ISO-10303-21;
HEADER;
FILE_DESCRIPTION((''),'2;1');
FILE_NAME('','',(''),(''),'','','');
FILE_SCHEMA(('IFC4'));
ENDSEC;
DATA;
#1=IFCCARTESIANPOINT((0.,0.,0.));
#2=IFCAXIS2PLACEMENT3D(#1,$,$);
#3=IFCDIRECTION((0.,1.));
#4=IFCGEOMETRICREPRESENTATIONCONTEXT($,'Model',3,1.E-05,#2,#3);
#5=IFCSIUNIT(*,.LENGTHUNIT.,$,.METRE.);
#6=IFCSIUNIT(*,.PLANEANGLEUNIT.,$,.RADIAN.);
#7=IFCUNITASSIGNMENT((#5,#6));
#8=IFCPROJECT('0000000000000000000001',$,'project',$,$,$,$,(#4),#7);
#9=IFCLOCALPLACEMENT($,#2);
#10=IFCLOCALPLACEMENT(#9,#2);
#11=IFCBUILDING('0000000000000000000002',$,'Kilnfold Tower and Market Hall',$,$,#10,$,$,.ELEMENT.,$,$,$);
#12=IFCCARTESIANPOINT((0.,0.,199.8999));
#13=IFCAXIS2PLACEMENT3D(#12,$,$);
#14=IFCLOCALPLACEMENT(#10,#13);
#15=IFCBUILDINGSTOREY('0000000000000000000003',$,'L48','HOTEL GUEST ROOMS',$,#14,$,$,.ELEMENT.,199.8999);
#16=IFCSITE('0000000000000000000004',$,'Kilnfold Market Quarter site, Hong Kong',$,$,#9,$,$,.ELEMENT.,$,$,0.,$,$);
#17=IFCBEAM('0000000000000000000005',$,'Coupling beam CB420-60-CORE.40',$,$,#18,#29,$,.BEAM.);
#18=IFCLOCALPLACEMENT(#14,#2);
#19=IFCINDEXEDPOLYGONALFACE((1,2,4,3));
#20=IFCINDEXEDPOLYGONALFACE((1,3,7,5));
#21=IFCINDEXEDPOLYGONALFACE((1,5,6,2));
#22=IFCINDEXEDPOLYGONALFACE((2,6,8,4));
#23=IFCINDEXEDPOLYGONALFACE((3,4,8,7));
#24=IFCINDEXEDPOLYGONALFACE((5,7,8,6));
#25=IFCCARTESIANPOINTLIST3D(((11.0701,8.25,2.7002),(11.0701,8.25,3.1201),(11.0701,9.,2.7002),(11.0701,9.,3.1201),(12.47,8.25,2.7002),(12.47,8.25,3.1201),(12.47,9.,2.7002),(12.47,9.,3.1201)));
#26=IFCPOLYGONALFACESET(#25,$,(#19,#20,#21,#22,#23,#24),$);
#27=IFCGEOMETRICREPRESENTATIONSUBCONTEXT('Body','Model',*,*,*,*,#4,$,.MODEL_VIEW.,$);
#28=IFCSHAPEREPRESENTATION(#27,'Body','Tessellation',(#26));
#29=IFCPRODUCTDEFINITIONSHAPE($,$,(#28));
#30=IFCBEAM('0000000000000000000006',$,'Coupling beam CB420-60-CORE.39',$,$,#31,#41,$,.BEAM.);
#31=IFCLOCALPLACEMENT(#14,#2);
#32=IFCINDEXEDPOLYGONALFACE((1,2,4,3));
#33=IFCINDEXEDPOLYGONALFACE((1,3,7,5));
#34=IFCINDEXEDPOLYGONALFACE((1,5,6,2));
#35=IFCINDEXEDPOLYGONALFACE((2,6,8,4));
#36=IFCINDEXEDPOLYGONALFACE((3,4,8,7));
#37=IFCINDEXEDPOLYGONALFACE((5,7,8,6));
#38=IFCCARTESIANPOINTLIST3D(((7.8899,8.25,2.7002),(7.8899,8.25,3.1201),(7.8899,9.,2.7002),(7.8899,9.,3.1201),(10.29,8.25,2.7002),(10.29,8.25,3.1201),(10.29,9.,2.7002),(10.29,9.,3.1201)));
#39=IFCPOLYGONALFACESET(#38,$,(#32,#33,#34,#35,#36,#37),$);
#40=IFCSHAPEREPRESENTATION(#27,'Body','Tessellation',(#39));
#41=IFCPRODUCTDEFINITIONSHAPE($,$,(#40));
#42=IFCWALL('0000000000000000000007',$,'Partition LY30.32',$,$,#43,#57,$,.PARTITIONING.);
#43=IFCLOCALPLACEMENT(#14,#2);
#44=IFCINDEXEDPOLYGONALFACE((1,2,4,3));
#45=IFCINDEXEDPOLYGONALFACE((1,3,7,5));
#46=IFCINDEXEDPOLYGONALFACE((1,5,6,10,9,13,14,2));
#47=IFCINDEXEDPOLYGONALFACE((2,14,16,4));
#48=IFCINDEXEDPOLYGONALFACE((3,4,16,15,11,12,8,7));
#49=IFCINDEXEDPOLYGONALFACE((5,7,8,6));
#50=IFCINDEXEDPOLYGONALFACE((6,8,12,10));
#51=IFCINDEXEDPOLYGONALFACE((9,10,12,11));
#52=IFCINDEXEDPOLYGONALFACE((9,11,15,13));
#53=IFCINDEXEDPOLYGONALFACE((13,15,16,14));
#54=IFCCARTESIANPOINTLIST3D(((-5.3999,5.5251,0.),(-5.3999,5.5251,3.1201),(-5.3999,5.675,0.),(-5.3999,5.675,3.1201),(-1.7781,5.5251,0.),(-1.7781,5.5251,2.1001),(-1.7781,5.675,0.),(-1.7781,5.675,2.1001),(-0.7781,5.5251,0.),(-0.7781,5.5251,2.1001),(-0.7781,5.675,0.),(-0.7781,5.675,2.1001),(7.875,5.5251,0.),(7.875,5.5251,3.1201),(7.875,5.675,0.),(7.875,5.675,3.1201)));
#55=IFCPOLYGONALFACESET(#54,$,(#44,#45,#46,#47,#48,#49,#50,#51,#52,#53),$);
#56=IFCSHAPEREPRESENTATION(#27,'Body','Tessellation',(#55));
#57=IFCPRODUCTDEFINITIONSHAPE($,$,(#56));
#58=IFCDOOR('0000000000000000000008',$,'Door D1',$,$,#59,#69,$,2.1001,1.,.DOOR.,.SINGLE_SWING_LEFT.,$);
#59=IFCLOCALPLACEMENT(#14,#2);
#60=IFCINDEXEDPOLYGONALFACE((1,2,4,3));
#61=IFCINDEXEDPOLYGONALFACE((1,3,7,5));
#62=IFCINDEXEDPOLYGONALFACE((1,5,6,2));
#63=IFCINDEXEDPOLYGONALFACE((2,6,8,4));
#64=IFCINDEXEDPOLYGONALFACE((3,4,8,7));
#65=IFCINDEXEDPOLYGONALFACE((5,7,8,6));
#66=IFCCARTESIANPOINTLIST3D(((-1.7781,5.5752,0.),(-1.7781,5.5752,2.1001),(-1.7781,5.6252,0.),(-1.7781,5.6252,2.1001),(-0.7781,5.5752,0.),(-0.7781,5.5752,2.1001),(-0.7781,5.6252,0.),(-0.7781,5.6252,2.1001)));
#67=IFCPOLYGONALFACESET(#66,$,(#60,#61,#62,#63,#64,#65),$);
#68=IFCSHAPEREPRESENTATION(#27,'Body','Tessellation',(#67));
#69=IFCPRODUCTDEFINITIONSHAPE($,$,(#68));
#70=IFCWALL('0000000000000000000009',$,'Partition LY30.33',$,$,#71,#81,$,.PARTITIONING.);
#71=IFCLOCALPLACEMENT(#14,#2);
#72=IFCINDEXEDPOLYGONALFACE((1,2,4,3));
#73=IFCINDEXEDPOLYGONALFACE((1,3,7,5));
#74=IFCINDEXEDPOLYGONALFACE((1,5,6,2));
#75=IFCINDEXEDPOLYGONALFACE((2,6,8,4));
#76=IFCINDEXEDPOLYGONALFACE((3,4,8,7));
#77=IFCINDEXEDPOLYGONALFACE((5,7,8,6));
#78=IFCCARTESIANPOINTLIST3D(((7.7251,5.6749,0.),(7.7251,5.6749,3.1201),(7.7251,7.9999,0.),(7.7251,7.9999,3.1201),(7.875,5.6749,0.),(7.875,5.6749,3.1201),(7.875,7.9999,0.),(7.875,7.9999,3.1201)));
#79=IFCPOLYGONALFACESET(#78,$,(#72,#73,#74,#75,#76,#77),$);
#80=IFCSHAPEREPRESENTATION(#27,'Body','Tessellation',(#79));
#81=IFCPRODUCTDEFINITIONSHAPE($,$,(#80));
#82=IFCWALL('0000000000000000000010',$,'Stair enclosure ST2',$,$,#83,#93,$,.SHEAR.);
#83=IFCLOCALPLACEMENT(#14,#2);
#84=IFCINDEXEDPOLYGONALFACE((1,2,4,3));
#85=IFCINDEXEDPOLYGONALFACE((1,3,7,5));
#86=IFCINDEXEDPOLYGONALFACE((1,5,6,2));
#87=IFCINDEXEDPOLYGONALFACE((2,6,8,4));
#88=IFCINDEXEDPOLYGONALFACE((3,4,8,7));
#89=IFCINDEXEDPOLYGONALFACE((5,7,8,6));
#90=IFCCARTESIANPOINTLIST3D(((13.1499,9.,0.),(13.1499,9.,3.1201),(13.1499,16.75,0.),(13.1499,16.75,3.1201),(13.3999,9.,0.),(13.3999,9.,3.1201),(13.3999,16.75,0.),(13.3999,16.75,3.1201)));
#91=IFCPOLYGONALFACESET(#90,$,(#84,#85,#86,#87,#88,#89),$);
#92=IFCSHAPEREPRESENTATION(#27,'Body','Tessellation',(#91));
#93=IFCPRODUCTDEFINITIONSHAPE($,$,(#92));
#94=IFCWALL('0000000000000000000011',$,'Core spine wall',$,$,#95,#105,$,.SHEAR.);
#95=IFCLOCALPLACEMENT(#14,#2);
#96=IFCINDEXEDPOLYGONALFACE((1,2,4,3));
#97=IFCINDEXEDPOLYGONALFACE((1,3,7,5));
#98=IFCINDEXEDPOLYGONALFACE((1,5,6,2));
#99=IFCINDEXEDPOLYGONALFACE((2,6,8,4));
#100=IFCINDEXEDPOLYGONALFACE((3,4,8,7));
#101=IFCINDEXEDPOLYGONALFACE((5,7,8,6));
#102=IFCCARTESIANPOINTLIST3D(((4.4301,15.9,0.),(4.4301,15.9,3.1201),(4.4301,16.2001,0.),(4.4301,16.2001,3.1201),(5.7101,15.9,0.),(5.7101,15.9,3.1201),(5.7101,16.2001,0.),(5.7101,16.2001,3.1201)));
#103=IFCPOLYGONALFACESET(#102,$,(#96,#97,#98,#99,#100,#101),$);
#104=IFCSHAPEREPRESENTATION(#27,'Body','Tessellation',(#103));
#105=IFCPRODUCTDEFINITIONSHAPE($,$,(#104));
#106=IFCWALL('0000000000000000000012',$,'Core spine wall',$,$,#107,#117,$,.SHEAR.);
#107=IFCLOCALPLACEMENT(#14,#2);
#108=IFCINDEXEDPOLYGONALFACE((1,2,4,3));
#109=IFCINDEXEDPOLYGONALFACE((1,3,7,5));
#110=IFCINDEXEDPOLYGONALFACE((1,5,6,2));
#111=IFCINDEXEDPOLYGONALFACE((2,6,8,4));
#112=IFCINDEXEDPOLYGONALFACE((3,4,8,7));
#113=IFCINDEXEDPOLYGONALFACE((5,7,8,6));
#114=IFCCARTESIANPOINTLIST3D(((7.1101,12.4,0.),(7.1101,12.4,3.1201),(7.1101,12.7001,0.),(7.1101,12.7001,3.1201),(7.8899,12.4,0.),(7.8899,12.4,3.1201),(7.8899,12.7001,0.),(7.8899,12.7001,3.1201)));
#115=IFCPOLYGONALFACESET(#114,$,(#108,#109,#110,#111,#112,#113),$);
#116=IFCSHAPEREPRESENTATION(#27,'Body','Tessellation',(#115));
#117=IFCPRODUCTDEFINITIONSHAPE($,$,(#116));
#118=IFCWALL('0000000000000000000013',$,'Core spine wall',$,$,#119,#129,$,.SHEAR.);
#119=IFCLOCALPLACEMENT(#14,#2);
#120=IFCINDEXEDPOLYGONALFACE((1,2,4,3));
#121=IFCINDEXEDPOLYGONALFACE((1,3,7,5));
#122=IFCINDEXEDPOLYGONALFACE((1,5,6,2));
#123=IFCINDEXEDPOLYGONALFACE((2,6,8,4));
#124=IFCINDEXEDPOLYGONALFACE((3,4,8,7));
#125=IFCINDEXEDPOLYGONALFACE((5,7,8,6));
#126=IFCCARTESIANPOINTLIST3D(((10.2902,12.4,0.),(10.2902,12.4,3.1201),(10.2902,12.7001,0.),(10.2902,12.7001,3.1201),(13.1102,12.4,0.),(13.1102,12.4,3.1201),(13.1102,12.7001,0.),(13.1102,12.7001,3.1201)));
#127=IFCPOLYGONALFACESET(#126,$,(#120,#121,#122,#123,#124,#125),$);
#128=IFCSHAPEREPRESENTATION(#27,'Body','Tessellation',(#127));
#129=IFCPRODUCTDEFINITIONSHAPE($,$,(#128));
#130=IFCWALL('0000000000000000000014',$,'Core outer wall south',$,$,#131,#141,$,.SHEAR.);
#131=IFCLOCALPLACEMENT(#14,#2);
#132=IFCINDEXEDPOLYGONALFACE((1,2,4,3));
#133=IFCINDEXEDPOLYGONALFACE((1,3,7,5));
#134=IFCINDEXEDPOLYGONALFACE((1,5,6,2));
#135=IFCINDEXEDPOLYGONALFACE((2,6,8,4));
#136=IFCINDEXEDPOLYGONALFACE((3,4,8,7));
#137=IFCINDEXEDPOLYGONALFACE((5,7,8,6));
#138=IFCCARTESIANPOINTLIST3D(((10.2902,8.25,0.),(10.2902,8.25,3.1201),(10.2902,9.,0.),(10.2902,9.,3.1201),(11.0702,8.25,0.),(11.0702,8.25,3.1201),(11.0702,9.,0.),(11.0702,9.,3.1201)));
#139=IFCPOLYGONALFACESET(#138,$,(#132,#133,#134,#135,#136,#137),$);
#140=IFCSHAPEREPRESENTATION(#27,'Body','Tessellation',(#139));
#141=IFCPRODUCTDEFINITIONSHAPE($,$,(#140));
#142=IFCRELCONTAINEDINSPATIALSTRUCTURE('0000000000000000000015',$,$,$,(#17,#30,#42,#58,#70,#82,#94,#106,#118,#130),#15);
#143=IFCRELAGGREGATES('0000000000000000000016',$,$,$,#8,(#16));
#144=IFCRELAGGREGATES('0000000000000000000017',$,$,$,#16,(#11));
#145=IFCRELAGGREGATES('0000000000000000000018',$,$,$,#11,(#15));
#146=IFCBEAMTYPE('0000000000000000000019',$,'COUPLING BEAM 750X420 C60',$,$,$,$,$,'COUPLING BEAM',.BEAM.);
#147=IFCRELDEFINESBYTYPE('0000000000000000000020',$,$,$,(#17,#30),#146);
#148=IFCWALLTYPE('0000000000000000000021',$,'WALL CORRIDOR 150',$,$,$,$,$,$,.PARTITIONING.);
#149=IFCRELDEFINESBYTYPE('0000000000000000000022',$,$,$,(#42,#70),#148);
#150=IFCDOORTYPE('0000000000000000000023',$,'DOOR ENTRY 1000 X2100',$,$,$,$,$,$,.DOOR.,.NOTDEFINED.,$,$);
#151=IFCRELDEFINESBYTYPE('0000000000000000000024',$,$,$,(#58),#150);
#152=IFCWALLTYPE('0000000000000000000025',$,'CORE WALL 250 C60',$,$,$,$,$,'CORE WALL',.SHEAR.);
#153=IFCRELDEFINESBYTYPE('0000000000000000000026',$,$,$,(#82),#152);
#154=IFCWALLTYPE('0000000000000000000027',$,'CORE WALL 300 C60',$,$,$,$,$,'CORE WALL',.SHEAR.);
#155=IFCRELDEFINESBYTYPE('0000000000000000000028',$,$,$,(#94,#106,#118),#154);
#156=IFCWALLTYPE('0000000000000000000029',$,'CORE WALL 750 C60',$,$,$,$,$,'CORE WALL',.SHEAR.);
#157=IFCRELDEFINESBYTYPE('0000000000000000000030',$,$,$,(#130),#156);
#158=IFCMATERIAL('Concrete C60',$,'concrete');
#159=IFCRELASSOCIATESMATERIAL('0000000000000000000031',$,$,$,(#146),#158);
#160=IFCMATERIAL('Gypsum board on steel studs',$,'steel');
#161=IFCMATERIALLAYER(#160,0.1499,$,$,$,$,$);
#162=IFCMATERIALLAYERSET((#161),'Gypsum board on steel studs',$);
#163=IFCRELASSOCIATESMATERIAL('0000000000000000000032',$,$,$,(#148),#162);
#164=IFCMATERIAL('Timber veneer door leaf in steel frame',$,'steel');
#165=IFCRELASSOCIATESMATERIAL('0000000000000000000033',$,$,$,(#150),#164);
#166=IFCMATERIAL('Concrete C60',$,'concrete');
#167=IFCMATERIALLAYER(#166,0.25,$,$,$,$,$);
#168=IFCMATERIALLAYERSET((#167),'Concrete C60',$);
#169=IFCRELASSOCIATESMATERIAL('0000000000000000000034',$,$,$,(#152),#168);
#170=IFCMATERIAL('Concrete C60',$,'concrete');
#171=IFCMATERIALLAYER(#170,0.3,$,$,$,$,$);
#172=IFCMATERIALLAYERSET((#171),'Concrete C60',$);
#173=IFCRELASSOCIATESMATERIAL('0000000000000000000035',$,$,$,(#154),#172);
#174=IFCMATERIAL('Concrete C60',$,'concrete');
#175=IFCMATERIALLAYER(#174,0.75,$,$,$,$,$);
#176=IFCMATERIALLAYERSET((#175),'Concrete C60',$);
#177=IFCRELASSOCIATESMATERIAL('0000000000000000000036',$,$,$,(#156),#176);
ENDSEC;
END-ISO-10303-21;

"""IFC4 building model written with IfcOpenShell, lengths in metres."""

from ifc_helpers import new_model, si_unit, direction, frame, frame_2d, origin, origin_2d, place, context, subcontext, project, spatial, rectangle, extrude, source, transform, mapped, material, layer, layer_set, material_profile, profile_set, type_object, element, fill, save


model = new_model("IFC4")

# Units and contexts
model_context = context("Model", 3, precision=1e-05, world=origin(), true_north=direction((0.0, 1.0)))
body_context = subcontext(model_context, "Body", "Model", "MODEL_VIEW")
ifc_project = project(units=[si_unit("LENGTHUNIT", "METRE"), si_unit("PLANEANGLEUNIT", "RADIAN")], contexts=[model_context])

# Site, building, storey
site_placement = place(None, origin())
site = spatial("IfcSite", under=ifc_project, at=site_placement, Name="Kilnfold Market Quarter site, Hong Kong", CompositionType="ELEMENT", RefElevation=0.0)
building_placement = place(site_placement, origin())
building = spatial("IfcBuilding", under=site, at=building_placement, Name="Kilnfold Tower and Market Hall", CompositionType="ELEMENT")
storey_placement = place(building_placement, frame((0.0, 0.0, 199.8999)))
storey = spatial("IfcBuildingStorey", under=building, at=storey_placement, Name="L48", Description="HOTEL GUEST ROOMS", CompositionType="ELEMENT", Elevation=199.8999)

# Beams
ifc_material_1 = material(Name="Concrete C60", Category="concrete")
ifc_material_profile = material_profile(ifc_material_1, rectangle(XDim=0.75, YDim=0.4199, at=origin_2d()), Name="RC 750x420")
ifc_profile_set = profile_set([ifc_material_profile], Name="Concrete C60")
beam_type = type_object("IfcBeamType", Name="COUPLING BEAM 750X420 C60", ElementType="COUPLING BEAM", PredefinedType="BEAM", material=ifc_profile_set)
shared_shape_1 = source(origin(), body_context, "Body", "SweptSolid", [
    extrude(rectangle(XDim=0.75, YDim=0.4199, at=origin_2d()), origin(), (0.0, 0.0, 1.0), 1.3999),
])
beam_1_placement = place(storey_placement, frame((11.0701, 8.625, 2.9102), z_axis=(1.0, 0.0, 0.0), x_axis=(0.0, 1.0, 0.0)))
element("IfcBeam", 1, at=beam_1_placement, inside=storey, type_object=beam_type, Name="Coupling beam CB420-60-CORE.40", PredefinedType="BEAM", context=body_context, shape_type="MappedRepresentation", body=[
    mapped(shared_shape_1, transform((0.0, 0.0, 0.0))),
])
shared_shape_2 = source(origin(), body_context, "Body", "SweptSolid", [
    extrude(rectangle(XDim=0.75, YDim=0.4199, at=origin_2d()), origin(), (0.0, 0.0, 1.0), 2.4001),
])
beam_2_placement = place(storey_placement, frame((7.8899, 8.625, 2.9102), z_axis=(1.0, 0.0, 0.0), x_axis=(0.0, 1.0, 0.0)))
element("IfcBeam", 2, at=beam_2_placement, inside=storey, type_object=beam_type, Name="Coupling beam CB420-60-CORE.39", PredefinedType="BEAM", context=body_context, shape_type="MappedRepresentation", body=[
    mapped(shared_shape_2, transform((0.0, 0.0, 0.0))),
])

# Wall, opening, door
ifc_material_2 = material(Name="Gypsum board on steel studs", Category="steel")
ifc_layer_1 = layer(ifc_material_2, 0.1499)
ifc_layer_set_1 = layer_set([ifc_layer_1], Name="Gypsum board on steel studs")
wall_type_1 = type_object("IfcWallType", Name="WALL CORRIDOR 150", PredefinedType="PARTITIONING", material=ifc_layer_set_1)
wall_1_placement = place(storey_placement, frame((7.875, 5.6001, 0.0), z_axis=(0.0, 0.0, 1.0), x_axis=(-1.0, 0.0, 0.0)))
wall_1 = element("IfcWall", 3, at=wall_1_placement, inside=storey, type_object=wall_type_1, Name="Partition LY30.32", PredefinedType="PARTITIONING", context=body_context, shape_type="SweptSolid", body=[
    extrude(rectangle(XDim=13.2749, YDim=0.1499, at=frame_2d((6.6375, 0.0))), origin(), (0.0, 0.0, 1.0), 3.1201),
])
opening_1_placement = place(wall_1_placement, frame((8.6531, 0.0, 0.0)))
opening_1 = element("IfcOpeningElement", 4, at=opening_1_placement, cuts=wall_1, PredefinedType="OPENING", context=body_context, shape_type="SweptSolid", body=[
    extrude(rectangle(XDim=1.0, YDim=2.1001, at=frame_2d((0.5, 1.05))), frame((0.0, 0.085, 0.0), z_axis=(0.0, -1.0, 0.0), x_axis=(1.0, 0.0, 0.0)), (0.0, 0.0, 1.0), 0.1699),
])
ifc_material_3 = material(Name="Timber veneer door leaf in steel frame", Category="steel")
door_type_1 = type_object("IfcDoorType", Name="DOOR ENTRY 1000 X2100", OperationType="NOTDEFINED", PredefinedType="DOOR", material=ifc_material_3)
door_1_placement = place(opening_1_placement, origin())
door_1 = element("IfcDoor", 5, at=door_1_placement, inside=storey, type_object=door_type_1, Name="Door D1", OperationType="SINGLE_SWING_LEFT", OverallHeight=2.1001, OverallWidth=1.0, PredefinedType="DOOR", context=body_context, shape_type="SweptSolid", body=[
    extrude(rectangle(XDim=1.0, YDim=2.1001, at=frame_2d((0.5, 1.05))), frame((0.0, 0.0249, 0.0), z_axis=(0.0, -1.0, 0.0), x_axis=(1.0, 0.0, 0.0)), (0.0, 0.0, 1.0), 0.05),
])
fill(opening_1, door_1)

# Walls
wall_2_placement = place(storey_placement, frame((7.8, 8.0, 0.0), z_axis=(0.0, 0.0, 1.0), x_axis=(0.0, -1.0, 0.0)))
element("IfcWall", 6, at=wall_2_placement, inside=storey, type_object=wall_type_1, Name="Partition LY30.33", PredefinedType="PARTITIONING", context=body_context, shape_type="SweptSolid", body=[
    extrude(rectangle(XDim=2.325, YDim=0.1499, at=frame_2d((1.1626, 0.0))), origin(), (0.0, 0.0, 1.0), 3.1201),
])
ifc_material_4 = material(Name="Concrete C60", Category="concrete")
ifc_layer_2 = layer(ifc_material_4, 0.25)
ifc_layer_set_2 = layer_set([ifc_layer_2], Name="Concrete C60")
wall_type_2 = type_object("IfcWallType", Name="CORE WALL 250 C60", ElementType="CORE WALL", PredefinedType="SHEAR", material=ifc_layer_set_2)
shared_shape_3 = source(origin(), body_context, "Body", "SweptSolid", [
    extrude(rectangle(XDim=7.75, YDim=0.25, at=frame_2d((3.875, 0.0))), origin(), (0.0, 0.0, 1.0), 3.1201),
])
wall_3_placement = place(storey_placement, frame((13.2749, 9.0, 0.0), z_axis=(0.0, 0.0, 1.0), x_axis=(0.0, 1.0, 0.0)))
element("IfcWall", 7, at=wall_3_placement, inside=storey, type_object=wall_type_2, Name="Stair enclosure ST2", PredefinedType="SHEAR", context=body_context, shape_type="MappedRepresentation", body=[
    mapped(shared_shape_3, transform((0.0, 0.0, 0.0))),
])
ifc_material_5 = material(Name="Concrete C60", Category="concrete")
ifc_layer_3 = layer(ifc_material_5, 0.3)
ifc_layer_set_3 = layer_set([ifc_layer_3], Name="Concrete C60")
wall_type_3 = type_object("IfcWallType", Name="CORE WALL 300 C60", ElementType="CORE WALL", PredefinedType="SHEAR", material=ifc_layer_set_3)
shared_shape_4 = source(origin(), body_context, "Body", "SweptSolid", [
    extrude(rectangle(XDim=1.28, YDim=0.3, at=frame_2d((0.6401, 0.0))), origin(), (0.0, 0.0, 1.0), 3.1201),
])
wall_4_placement = place(storey_placement, frame((4.4299, 16.05, 0.0), z_axis=(0.0, 0.0, 1.0), x_axis=(1.0, 0.0, 0.0)))
element("IfcWall", 8, at=wall_4_placement, inside=storey, type_object=wall_type_3, Name="Core spine wall", PredefinedType="SHEAR", context=body_context, shape_type="MappedRepresentation", body=[
    mapped(shared_shape_4, transform((0.0, 0.0, 0.0))),
])
shared_shape_5 = source(origin(), body_context, "Body", "SweptSolid", [
    extrude(rectangle(XDim=0.7798, YDim=0.3, at=frame_2d((0.3899, 0.0))), origin(), (0.0, 0.0, 1.0), 3.1201),
])
wall_5_placement = place(storey_placement, frame((7.1101, 12.55, 0.0), z_axis=(0.0, 0.0, 1.0), x_axis=(1.0, 0.0, 0.0)))
element("IfcWall", 9, at=wall_5_placement, inside=storey, type_object=wall_type_3, Name="Core spine wall", PredefinedType="SHEAR", context=body_context, shape_type="MappedRepresentation", body=[
    mapped(shared_shape_5, transform((0.0, 0.0, 0.0))),
])
shared_shape_6 = source(origin(), body_context, "Body", "SweptSolid", [
    extrude(rectangle(XDim=2.8201, YDim=0.3, at=frame_2d((1.4102, 0.0))), origin(), (0.0, 0.0, 1.0), 3.1201),
])
wall_6_placement = place(storey_placement, frame((10.29, 12.55, 0.0), z_axis=(0.0, 0.0, 1.0), x_axis=(1.0, 0.0, 0.0)))
element("IfcWall", 10, at=wall_6_placement, inside=storey, type_object=wall_type_3, Name="Core spine wall", PredefinedType="SHEAR", context=body_context, shape_type="MappedRepresentation", body=[
    mapped(shared_shape_6, transform((0.0, 0.0, 0.0))),
])
ifc_material_6 = material(Name="Concrete C60", Category="concrete")
ifc_layer_4 = layer(ifc_material_6, 0.75)
ifc_layer_set_4 = layer_set([ifc_layer_4], Name="Concrete C60")
wall_type_4 = type_object("IfcWallType", Name="CORE WALL 750 C60", ElementType="CORE WALL", PredefinedType="SHEAR", material=ifc_layer_set_4)
shared_shape_7 = source(origin(), body_context, "Body", "SweptSolid", [
    extrude(rectangle(XDim=0.78, YDim=0.75, at=frame_2d((0.3901, 0.0))), origin(), (0.0, 0.0, 1.0), 3.1201),
])
wall_7_placement = place(storey_placement, frame((10.29, 8.625, 0.0), z_axis=(0.0, 0.0, 1.0), x_axis=(1.0, 0.0, 0.0)))
element("IfcWall", 11, at=wall_7_placement, inside=storey, type_object=wall_type_4, Name="Core outer wall south", PredefinedType="SHEAR", context=body_context, shape_type="MappedRepresentation", body=[
    mapped(shared_shape_7, transform((0.0, 0.0, 0.0))),
])

save(model, "model.ifc")
